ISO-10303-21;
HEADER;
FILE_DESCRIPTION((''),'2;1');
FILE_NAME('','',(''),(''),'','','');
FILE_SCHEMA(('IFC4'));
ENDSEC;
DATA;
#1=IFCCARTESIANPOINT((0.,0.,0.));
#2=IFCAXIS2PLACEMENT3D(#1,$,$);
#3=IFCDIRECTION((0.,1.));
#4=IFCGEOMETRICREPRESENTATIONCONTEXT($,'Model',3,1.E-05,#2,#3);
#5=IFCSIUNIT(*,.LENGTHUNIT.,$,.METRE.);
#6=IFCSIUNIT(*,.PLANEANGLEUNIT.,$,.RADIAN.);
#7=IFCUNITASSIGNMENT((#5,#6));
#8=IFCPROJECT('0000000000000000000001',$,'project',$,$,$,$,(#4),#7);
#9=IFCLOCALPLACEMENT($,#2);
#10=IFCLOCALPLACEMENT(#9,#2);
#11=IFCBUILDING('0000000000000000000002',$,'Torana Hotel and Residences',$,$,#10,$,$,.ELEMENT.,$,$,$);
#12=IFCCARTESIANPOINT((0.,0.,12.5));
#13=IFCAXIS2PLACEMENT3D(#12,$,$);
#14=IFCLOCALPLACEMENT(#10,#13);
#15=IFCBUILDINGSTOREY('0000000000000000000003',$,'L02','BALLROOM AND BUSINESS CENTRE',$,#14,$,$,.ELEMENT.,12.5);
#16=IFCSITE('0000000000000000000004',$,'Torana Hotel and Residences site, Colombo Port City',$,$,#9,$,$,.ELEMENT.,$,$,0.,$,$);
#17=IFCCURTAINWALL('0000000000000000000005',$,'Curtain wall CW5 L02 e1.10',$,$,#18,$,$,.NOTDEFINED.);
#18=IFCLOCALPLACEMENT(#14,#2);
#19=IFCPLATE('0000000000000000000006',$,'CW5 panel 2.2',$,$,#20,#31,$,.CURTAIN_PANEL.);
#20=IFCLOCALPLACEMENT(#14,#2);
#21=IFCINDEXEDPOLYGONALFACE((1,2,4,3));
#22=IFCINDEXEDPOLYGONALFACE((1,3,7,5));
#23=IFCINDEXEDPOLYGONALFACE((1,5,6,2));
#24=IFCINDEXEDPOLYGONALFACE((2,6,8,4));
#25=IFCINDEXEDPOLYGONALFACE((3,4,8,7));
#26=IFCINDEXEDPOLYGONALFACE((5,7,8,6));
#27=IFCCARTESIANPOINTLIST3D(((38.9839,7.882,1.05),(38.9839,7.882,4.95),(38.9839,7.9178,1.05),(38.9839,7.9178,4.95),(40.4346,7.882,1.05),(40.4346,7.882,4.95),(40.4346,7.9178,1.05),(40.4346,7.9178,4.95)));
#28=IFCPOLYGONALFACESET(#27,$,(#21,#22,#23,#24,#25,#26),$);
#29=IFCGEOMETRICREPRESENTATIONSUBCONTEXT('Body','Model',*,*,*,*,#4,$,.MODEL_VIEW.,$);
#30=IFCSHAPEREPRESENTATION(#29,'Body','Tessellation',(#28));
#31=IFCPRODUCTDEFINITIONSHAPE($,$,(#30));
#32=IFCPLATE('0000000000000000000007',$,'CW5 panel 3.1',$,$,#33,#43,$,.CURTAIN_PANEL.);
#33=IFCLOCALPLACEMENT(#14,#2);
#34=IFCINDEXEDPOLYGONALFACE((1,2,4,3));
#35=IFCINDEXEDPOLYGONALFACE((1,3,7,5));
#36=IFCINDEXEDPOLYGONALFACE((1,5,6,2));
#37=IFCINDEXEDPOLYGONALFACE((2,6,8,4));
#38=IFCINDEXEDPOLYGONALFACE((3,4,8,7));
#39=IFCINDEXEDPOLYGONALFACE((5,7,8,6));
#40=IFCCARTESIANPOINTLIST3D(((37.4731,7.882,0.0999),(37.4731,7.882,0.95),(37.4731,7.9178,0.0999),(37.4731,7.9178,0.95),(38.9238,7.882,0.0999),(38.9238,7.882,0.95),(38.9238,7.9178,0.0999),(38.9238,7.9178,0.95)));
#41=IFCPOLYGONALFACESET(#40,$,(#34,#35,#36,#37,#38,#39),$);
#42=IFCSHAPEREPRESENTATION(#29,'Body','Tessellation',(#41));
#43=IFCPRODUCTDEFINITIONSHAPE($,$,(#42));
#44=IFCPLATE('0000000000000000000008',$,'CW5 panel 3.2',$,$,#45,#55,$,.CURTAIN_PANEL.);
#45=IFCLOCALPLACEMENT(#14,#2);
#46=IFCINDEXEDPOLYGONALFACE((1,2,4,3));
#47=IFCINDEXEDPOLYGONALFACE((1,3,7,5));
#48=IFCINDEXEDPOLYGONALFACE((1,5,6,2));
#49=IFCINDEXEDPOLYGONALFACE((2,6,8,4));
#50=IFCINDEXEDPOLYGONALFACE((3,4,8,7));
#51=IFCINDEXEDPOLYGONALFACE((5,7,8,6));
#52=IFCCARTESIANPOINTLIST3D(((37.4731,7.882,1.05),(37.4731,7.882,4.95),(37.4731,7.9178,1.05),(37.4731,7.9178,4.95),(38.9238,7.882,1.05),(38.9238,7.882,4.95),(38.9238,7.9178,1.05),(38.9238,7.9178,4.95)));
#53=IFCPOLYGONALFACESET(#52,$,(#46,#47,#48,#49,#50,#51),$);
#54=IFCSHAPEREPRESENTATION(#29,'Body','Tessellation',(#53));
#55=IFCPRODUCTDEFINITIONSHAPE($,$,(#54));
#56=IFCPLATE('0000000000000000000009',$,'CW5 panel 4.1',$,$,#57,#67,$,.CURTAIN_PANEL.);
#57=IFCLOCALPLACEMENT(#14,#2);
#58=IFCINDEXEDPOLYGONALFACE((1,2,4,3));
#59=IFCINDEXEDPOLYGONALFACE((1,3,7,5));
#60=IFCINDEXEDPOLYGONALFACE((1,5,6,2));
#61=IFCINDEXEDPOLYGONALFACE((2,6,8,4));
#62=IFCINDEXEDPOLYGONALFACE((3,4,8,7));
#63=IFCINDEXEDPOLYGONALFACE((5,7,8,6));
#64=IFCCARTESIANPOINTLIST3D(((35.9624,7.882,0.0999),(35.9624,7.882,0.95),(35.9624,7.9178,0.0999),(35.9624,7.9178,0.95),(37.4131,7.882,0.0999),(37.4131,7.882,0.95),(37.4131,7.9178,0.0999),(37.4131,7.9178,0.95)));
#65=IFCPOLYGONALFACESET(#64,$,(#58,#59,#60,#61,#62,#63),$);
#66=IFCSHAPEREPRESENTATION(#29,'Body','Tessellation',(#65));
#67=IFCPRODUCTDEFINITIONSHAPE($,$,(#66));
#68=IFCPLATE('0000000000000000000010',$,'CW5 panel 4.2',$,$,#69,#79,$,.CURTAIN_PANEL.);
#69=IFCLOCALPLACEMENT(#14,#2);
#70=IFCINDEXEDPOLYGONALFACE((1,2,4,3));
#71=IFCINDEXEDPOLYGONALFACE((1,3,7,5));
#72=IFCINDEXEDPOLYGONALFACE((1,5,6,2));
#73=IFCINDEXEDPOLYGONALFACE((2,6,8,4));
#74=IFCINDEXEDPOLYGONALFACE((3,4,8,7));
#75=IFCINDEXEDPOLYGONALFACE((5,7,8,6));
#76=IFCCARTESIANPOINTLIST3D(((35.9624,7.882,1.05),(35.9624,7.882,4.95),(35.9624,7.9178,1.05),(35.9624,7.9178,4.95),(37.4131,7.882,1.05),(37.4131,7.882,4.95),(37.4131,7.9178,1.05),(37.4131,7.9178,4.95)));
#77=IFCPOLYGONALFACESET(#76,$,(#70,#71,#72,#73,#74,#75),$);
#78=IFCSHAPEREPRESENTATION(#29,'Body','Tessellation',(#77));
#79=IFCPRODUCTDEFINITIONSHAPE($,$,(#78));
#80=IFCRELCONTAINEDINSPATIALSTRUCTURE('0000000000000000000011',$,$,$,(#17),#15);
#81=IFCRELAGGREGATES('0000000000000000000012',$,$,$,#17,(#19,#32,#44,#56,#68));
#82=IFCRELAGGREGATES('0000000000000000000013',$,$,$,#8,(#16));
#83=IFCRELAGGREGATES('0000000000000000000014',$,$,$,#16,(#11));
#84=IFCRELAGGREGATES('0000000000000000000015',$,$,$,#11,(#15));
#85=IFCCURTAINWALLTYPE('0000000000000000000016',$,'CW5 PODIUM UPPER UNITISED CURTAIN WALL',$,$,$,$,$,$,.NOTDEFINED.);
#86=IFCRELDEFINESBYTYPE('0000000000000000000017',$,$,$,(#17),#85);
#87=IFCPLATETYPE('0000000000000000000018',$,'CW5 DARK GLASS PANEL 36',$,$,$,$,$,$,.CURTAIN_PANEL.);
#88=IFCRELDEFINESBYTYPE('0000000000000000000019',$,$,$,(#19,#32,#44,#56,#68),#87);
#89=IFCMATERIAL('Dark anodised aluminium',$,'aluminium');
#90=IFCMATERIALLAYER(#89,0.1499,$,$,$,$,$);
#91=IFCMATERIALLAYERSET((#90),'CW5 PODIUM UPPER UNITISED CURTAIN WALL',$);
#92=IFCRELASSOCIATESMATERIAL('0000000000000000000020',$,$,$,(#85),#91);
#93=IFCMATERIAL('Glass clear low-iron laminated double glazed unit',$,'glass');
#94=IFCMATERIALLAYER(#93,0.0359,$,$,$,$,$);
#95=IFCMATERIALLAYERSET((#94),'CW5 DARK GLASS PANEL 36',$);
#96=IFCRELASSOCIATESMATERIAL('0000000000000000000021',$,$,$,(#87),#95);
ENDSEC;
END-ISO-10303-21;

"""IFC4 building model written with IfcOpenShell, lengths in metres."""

from ifc_helpers import new_model, si_unit, direction, frame, origin, origin_2d, place, context, subcontext, project, spatial, rectangle, extrude, material, layer, layer_set, type_object, element, aggregate, save


model = new_model("IFC4")

# Units and contexts
model_context = context("Model", 3, precision=1e-05, world=origin(), true_north=direction((0.0, 1.0)))
body_context = subcontext(model_context, "Body", "Model", "MODEL_VIEW")
ifc_project = project(units=[si_unit("LENGTHUNIT", "METRE"), si_unit("PLANEANGLEUNIT", "RADIAN")], contexts=[model_context])

# Site, building, storey
site_placement = place(None, origin())
site = spatial("IfcSite", under=ifc_project, at=site_placement, Name="Torana Hotel and Residences site, Colombo Port City", CompositionType="ELEMENT", RefElevation=0.0)
building_placement = place(site_placement, origin())
building = spatial("IfcBuilding", under=site, at=building_placement, Name="Torana Hotel and Residences", CompositionType="ELEMENT")
storey_placement = place(building_placement, frame((0.0, 0.0, 12.5)))
storey = spatial("IfcBuildingStorey", under=building, at=storey_placement, Name="L02", Description="BALLROOM AND BUSINESS CENTRE", CompositionType="ELEMENT", Elevation=12.5)

# Curtain wall
ifc_material_1 = material(Name="Dark anodised aluminium", Category="aluminium")
ifc_layer_1 = layer(ifc_material_1, 0.1499)
ifc_layer_set_1 = layer_set([ifc_layer_1], Name="CW5 PODIUM UPPER UNITISED CURTAIN WALL")
curtain_wall_type = type_object("IfcCurtainWallType", Name="CW5 PODIUM UPPER UNITISED CURTAIN WALL", PredefinedType="NOTDEFINED", material=ifc_layer_set_1)
curtain_wall_1_placement = place(storey_placement, origin())
curtain_wall_1 = element("IfcCurtainWall", 1, at=curtain_wall_1_placement, inside=storey, type_object=curtain_wall_type, Name="Curtain wall CW5 L02 e1.10", PredefinedType="NOTDEFINED")

# Plates
ifc_material_2 = material(Name="Glass clear low-iron laminated double glazed unit", Category="glass")
ifc_layer_2 = layer(ifc_material_2, 0.0359)
ifc_layer_set_2 = layer_set([ifc_layer_2], Name="CW5 DARK GLASS PANEL 36")
plate_type = type_object("IfcPlateType", Name="CW5 DARK GLASS PANEL 36", PredefinedType="CURTAIN_PANEL", material=ifc_layer_set_2)
plate_1_placement = place(storey_placement, frame((39.7092, 7.8999, 1.05), z_axis=(0.0, 0.0, 1.0), x_axis=(-1.0, 0.0, 0.0)))
plate_1 = element("IfcPlate", 2, at=plate_1_placement, type_object=plate_type, Name="CW5 panel 2.2", PredefinedType="CURTAIN_PANEL", context=body_context, shape_type="SweptSolid", body=[
    extrude(rectangle(XDim=1.4507, YDim=0.0359, at=origin_2d()), origin(), (0.0, 0.0, 1.0), 3.8999),
])
plate_2_placement = place(storey_placement, frame((38.1985, 7.8999, 0.0999), z_axis=(0.0, 0.0, 1.0), x_axis=(-1.0, 0.0, 0.0)))
plate_2 = element("IfcPlate", 3, at=plate_2_placement, type_object=plate_type, Name="CW5 panel 3.1", PredefinedType="CURTAIN_PANEL", context=body_context, shape_type="SweptSolid", body=[
    extrude(rectangle(XDim=1.4507, YDim=0.0359, at=origin_2d()), origin(), (0.0, 0.0, 1.0), 0.8501),
])
plate_3_placement = place(storey_placement, frame((38.1985, 7.8999, 1.05), z_axis=(0.0, 0.0, 1.0), x_axis=(-1.0, 0.0, 0.0)))
plate_3 = element("IfcPlate", 4, at=plate_3_placement, type_object=plate_type, Name="CW5 panel 3.2", PredefinedType="CURTAIN_PANEL", context=body_context, shape_type="SweptSolid", body=[
    extrude(rectangle(XDim=1.4507, YDim=0.0359, at=origin_2d()), origin(), (0.0, 0.0, 1.0), 3.8999),
])
plate_4_placement = place(storey_placement, frame((36.6877, 7.8999, 0.0999), z_axis=(0.0, 0.0, 1.0), x_axis=(-1.0, 0.0, 0.0)))
plate_4 = element("IfcPlate", 5, at=plate_4_placement, type_object=plate_type, Name="CW5 panel 4.1", PredefinedType="CURTAIN_PANEL", context=body_context, shape_type="SweptSolid", body=[
    extrude(rectangle(XDim=1.4507, YDim=0.0359, at=origin_2d()), origin(), (0.0, 0.0, 1.0), 0.8501),
])
plate_5_placement = place(storey_placement, frame((36.6877, 7.8999, 1.05), z_axis=(0.0, 0.0, 1.0), x_axis=(-1.0, 0.0, 0.0)))
plate_5 = element("IfcPlate", 6, at=plate_5_placement, type_object=plate_type, Name="CW5 panel 4.2", PredefinedType="CURTAIN_PANEL", context=body_context, shape_type="SweptSolid", body=[
    extrude(rectangle(XDim=1.4507, YDim=0.0359, at=origin_2d()), origin(), (0.0, 0.0, 1.0), 3.8999),
])
aggregate(curtain_wall_1, [plate_1, plate_2, plate_3, plate_4, plate_5])

save(model, "model.ifc")
